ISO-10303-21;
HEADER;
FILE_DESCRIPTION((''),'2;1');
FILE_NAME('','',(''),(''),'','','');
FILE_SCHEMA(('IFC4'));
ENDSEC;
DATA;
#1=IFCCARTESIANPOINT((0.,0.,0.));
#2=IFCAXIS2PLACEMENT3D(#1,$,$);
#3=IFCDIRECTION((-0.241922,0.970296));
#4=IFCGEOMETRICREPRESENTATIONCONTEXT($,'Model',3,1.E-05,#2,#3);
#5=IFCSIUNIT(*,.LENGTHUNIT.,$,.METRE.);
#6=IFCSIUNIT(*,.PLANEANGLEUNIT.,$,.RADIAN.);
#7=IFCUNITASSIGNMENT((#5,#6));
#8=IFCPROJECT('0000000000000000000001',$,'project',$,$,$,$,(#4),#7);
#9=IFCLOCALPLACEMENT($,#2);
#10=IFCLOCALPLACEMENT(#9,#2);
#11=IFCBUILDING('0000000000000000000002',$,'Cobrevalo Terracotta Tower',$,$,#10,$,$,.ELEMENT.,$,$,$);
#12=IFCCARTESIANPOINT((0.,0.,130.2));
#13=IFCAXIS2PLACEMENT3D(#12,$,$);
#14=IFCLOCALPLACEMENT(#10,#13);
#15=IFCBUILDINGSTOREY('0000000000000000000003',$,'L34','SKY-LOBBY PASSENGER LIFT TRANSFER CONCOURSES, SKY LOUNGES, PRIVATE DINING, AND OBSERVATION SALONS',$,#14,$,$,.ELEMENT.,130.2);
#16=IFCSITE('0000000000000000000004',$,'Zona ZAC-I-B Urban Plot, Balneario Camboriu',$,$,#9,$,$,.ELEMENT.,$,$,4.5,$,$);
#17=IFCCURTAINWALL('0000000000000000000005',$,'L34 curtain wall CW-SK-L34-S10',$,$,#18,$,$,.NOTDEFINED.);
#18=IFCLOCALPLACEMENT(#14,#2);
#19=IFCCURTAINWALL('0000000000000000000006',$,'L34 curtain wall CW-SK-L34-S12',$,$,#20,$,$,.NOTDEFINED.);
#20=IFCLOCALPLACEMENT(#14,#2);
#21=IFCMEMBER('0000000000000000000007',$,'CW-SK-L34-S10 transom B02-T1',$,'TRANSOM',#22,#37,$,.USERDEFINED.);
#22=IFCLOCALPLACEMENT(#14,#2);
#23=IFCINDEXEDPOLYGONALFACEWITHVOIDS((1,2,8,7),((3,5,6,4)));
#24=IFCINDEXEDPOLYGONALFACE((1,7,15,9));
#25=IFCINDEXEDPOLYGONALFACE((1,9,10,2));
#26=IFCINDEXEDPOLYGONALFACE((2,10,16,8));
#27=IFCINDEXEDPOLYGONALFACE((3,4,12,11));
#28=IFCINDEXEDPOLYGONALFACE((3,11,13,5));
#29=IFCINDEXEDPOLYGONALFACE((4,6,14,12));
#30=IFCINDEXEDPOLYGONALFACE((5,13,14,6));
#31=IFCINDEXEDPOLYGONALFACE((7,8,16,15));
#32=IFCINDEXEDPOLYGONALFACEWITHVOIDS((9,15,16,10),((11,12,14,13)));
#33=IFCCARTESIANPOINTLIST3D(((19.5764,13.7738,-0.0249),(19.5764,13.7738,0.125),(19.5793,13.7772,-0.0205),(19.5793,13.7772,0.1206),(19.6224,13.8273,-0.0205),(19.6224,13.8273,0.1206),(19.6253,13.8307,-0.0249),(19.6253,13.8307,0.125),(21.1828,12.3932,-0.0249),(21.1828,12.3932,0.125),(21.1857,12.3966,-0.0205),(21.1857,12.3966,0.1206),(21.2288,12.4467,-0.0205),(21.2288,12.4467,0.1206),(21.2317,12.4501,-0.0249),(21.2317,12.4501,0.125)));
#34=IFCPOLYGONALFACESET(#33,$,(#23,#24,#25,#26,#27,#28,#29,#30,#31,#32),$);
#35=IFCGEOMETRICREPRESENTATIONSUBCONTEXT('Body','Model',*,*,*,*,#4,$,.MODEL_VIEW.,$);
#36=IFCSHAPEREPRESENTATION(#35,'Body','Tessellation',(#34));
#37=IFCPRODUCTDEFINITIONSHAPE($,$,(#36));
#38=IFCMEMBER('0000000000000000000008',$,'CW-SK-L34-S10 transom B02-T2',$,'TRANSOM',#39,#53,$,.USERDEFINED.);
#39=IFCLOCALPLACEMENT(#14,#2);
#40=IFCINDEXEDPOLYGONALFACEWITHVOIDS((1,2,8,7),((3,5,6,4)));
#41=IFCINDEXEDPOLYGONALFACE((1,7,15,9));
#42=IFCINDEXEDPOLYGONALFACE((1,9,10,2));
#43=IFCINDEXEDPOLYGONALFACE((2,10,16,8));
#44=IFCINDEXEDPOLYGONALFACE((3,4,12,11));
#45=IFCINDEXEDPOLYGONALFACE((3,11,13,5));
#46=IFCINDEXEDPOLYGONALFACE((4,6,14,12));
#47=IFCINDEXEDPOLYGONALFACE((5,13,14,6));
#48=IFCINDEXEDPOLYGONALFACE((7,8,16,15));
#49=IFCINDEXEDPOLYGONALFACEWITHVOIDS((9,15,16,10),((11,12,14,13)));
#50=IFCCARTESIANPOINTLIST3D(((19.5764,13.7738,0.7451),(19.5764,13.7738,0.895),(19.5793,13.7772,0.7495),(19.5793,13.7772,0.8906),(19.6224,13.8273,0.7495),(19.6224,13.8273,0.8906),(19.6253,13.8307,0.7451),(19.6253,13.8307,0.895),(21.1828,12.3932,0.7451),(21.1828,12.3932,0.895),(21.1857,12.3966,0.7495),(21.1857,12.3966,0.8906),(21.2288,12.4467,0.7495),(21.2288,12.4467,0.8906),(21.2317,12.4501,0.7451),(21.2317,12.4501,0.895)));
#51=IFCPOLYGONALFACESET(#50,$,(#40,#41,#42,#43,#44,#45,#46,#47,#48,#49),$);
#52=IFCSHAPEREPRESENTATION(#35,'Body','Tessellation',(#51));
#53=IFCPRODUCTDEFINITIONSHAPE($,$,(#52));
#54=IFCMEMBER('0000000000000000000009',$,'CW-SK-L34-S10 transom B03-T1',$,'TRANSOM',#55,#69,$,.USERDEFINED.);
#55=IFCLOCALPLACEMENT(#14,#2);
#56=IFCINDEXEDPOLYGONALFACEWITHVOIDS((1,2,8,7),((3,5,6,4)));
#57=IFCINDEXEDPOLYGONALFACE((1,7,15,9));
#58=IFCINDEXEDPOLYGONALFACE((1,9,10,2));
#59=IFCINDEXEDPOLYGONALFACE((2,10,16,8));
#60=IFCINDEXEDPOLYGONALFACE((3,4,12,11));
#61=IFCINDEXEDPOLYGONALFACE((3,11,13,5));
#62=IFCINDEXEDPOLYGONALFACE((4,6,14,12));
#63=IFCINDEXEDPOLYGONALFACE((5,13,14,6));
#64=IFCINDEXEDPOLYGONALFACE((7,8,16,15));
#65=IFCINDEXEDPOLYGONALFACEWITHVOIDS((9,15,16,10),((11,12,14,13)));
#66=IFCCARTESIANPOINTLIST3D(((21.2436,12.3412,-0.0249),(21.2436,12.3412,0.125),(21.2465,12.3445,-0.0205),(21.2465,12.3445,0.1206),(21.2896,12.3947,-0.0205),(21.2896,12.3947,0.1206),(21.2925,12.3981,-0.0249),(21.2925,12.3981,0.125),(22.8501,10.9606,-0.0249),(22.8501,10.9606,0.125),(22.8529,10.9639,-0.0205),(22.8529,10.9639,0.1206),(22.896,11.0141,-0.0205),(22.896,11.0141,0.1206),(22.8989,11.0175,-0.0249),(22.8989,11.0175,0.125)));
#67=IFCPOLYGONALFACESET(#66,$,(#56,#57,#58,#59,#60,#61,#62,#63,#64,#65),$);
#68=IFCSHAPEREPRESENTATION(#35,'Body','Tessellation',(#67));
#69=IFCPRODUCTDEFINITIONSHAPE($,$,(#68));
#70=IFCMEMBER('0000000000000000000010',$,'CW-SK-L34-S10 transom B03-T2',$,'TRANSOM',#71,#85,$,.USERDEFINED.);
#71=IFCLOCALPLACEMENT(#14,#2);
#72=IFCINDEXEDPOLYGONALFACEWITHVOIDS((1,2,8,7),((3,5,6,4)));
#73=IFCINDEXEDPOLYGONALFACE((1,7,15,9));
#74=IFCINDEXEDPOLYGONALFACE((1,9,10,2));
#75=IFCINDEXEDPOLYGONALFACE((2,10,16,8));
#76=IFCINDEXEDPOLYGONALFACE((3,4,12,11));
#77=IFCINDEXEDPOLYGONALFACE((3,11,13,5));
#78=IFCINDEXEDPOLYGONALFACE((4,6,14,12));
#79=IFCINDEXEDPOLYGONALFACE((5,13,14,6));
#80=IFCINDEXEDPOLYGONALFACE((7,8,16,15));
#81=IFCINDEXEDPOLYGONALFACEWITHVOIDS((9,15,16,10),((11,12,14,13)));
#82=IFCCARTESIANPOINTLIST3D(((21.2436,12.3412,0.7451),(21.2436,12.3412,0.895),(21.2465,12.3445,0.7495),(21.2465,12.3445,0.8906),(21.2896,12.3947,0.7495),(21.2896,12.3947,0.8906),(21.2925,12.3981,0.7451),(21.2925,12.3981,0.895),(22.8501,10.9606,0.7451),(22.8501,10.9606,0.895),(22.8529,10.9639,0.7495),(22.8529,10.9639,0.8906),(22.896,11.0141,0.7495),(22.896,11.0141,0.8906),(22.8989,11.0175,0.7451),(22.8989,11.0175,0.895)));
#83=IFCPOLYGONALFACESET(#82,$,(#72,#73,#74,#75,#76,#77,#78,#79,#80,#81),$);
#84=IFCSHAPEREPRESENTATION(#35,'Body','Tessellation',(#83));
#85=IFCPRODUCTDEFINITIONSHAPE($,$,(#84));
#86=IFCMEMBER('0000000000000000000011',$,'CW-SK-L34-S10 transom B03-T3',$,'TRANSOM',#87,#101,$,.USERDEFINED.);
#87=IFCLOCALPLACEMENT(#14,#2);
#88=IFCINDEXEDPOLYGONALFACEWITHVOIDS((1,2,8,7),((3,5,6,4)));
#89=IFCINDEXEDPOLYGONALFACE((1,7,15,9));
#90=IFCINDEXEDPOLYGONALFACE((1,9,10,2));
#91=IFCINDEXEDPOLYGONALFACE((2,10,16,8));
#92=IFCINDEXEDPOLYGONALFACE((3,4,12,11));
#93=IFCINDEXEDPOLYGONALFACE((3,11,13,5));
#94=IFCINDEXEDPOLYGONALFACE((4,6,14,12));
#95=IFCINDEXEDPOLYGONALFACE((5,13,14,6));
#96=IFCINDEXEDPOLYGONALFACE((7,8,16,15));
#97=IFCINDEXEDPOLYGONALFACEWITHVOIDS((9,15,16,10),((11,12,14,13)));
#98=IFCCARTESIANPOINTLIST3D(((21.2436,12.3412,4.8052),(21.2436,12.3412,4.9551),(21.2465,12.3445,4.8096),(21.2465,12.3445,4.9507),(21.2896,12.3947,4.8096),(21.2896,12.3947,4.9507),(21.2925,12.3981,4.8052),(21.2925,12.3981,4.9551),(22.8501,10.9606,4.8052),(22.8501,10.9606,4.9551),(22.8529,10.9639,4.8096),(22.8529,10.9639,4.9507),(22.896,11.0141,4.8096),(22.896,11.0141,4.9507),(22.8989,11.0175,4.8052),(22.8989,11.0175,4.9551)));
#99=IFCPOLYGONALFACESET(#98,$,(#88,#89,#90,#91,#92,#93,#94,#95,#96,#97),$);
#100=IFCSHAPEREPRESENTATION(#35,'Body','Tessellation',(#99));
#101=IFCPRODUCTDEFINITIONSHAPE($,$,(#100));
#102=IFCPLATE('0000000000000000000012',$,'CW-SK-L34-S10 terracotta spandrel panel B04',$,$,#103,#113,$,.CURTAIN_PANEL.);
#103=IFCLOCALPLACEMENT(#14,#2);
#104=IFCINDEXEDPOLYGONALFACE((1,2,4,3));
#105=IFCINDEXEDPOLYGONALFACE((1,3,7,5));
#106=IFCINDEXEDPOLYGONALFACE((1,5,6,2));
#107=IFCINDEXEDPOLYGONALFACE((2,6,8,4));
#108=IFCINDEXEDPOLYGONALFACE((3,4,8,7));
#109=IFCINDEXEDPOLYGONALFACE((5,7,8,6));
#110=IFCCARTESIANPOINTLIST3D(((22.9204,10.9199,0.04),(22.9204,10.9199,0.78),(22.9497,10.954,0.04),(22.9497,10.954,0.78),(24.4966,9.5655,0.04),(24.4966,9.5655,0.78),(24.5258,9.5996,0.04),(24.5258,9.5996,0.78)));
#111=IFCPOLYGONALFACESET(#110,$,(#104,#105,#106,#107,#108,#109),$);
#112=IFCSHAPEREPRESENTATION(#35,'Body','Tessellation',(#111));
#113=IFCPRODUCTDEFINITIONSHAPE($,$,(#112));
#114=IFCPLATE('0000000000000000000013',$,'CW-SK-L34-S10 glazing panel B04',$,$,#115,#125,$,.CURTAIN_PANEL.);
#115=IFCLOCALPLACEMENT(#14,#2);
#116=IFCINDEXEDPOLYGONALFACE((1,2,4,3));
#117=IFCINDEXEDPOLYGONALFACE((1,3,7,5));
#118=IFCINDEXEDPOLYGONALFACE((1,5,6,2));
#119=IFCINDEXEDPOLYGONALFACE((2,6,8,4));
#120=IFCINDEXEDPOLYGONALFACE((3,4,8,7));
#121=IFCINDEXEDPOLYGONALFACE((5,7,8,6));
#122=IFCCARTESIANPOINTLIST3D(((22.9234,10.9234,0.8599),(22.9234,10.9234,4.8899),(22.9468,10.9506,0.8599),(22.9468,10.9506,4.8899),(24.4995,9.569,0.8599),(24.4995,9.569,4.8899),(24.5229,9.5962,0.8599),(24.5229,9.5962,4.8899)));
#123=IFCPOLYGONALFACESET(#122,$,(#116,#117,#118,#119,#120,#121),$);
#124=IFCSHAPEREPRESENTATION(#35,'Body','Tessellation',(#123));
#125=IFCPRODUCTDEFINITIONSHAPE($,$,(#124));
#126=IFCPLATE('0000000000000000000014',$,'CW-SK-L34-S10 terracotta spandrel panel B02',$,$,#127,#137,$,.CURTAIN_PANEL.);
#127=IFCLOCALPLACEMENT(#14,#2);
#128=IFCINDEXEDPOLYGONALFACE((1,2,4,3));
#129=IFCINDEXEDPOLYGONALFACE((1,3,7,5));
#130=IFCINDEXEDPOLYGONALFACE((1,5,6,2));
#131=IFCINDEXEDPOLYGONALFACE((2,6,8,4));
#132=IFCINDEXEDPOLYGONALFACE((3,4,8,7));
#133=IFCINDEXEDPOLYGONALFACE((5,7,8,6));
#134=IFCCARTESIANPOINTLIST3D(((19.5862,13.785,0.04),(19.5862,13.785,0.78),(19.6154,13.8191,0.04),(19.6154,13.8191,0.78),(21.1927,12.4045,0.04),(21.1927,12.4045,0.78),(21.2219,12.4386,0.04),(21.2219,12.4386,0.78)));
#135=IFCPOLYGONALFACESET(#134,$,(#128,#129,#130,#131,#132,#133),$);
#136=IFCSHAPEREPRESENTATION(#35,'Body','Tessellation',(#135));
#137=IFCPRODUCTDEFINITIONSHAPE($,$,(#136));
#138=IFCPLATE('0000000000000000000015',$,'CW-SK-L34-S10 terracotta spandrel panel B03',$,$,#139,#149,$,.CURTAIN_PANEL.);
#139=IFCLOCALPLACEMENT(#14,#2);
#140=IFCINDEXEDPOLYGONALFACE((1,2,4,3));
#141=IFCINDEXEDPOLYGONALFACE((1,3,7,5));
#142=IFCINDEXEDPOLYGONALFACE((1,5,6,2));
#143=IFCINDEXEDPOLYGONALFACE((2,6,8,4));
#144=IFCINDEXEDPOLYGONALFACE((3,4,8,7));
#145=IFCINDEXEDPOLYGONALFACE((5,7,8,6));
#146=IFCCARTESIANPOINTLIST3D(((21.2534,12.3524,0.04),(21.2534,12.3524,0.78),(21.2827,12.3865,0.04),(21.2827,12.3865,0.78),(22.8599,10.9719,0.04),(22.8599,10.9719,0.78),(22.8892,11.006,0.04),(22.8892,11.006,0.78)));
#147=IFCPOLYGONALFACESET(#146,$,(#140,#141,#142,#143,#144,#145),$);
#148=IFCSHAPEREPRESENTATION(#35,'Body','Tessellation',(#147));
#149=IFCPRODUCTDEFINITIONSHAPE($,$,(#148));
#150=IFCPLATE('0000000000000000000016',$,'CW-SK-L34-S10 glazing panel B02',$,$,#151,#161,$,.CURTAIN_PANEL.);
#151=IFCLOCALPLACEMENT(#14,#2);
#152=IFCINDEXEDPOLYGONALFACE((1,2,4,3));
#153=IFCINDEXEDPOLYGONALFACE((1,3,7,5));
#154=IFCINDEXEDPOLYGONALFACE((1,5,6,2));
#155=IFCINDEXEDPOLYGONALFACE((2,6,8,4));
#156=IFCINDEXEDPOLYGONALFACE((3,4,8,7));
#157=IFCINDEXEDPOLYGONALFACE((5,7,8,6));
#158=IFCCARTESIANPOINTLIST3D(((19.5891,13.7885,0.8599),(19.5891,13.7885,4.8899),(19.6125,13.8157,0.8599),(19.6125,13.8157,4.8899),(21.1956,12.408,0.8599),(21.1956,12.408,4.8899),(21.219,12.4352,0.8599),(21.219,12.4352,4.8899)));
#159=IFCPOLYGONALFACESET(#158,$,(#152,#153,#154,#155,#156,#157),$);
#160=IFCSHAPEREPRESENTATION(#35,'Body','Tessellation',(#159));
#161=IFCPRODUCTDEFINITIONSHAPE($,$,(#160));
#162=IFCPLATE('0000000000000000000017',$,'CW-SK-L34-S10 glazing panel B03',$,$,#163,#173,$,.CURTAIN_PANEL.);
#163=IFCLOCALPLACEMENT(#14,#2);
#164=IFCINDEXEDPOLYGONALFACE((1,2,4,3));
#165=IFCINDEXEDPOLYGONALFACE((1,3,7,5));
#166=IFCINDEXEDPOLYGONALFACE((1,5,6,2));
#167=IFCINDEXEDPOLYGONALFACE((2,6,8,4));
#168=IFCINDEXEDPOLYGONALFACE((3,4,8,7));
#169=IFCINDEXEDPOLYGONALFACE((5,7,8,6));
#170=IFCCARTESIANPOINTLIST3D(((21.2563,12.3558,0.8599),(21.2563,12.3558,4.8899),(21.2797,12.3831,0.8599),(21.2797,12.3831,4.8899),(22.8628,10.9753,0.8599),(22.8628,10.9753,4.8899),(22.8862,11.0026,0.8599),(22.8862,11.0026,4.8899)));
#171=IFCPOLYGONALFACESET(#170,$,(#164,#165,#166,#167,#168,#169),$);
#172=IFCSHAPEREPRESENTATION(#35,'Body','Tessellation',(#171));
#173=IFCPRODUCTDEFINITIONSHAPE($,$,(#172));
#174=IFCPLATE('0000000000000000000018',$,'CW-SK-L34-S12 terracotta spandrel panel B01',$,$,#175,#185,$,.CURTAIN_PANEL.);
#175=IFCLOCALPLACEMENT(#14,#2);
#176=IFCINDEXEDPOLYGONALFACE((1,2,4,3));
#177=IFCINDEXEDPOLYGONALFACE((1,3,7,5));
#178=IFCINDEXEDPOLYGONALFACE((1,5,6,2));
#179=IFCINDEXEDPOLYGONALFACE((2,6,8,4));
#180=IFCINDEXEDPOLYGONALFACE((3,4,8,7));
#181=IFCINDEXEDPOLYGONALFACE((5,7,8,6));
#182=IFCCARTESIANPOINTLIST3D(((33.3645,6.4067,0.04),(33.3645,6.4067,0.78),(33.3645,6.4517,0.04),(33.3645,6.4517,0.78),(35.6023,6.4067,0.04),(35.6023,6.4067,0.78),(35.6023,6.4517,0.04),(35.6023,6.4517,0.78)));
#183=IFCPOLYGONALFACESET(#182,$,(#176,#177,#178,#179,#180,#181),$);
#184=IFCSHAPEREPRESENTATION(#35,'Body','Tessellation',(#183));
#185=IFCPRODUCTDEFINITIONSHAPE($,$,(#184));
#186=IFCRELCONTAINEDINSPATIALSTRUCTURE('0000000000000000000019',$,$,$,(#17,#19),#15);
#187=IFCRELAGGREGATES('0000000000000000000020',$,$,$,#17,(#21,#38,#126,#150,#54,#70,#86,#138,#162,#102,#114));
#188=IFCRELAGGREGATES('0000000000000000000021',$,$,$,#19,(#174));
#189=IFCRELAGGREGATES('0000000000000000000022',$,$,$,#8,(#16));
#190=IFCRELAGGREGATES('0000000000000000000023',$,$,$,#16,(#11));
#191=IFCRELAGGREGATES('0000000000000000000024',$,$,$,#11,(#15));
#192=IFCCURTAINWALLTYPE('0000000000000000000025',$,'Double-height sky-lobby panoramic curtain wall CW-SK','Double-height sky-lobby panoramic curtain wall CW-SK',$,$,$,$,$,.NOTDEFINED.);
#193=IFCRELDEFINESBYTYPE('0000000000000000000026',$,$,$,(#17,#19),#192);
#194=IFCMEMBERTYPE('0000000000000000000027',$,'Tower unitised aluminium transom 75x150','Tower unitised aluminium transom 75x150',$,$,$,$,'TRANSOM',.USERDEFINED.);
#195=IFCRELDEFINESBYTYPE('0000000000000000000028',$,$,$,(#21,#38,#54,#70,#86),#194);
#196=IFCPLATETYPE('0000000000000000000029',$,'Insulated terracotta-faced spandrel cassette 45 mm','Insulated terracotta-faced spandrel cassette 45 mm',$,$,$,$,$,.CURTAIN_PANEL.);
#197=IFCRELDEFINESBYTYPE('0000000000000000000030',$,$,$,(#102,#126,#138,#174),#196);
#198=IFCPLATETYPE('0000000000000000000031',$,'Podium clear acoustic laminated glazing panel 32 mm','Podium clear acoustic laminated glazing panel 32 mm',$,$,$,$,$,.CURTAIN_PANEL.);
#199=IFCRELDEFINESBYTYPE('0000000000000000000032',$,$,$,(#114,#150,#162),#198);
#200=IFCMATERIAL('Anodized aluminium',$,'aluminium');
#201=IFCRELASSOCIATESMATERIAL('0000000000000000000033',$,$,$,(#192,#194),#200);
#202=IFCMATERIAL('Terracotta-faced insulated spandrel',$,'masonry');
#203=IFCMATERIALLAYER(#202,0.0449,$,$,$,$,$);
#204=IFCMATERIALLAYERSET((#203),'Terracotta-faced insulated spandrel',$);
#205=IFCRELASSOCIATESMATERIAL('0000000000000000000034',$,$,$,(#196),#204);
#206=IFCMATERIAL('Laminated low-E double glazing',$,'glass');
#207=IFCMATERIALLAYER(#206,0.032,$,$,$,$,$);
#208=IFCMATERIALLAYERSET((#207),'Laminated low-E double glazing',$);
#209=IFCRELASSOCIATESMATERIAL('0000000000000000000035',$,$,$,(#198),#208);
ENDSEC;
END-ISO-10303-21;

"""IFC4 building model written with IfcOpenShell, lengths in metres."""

from ifc_helpers import new_model, si_unit, direction, frame, origin, origin_2d, place, context, subcontext, project, spatial, rectangle, hollow_rectangle, extrude, source, transform, mapped, material, layer, layer_set, material_profile, profile_set, type_object, element, aggregate, save


model = new_model("IFC4")

# Units and contexts
model_context = context("Model", 3, precision=1e-05, world=origin(), true_north=direction((-0.241922, 0.970296)))
body_context = subcontext(model_context, "Body", "Model", "MODEL_VIEW")
ifc_project = project(units=[si_unit("LENGTHUNIT", "METRE"), si_unit("PLANEANGLEUNIT", "RADIAN")], contexts=[model_context])

# Site, building, storey
site_placement = place(None, origin())
site = spatial("IfcSite", under=ifc_project, at=site_placement, Name="Zona ZAC-I-B Urban Plot, Balneario Camboriu", CompositionType="ELEMENT", RefElevation=4.5)
building_placement = place(site_placement, origin())
building = spatial("IfcBuilding", under=site, at=building_placement, Name="Cobrevalo Terracotta Tower", CompositionType="ELEMENT")
storey_placement = place(building_placement, frame((0.0, 0.0, 130.2)))
storey = spatial("IfcBuildingStorey", under=building, at=storey_placement, Name="L34", Description="SKY-LOBBY PASSENGER LIFT TRANSFER CONCOURSES, SKY LOUNGES, PRIVATE DINING, AND OBSERVATION SALONS", CompositionType="ELEMENT", Elevation=130.2)

# Curtain walls
ifc_material_1 = material(Name="Anodized aluminium", Category="aluminium")
curtain_wall_type = type_object("IfcCurtainWallType", Name="Double-height sky-lobby panoramic curtain wall CW-SK", Description="Double-height sky-lobby panoramic curtain wall CW-SK", PredefinedType="NOTDEFINED", material=ifc_material_1)
curtain_wall_1_placement = place(storey_placement, origin())
curtain_wall_1 = element("IfcCurtainWall", 1, at=curtain_wall_1_placement, inside=storey, type_object=curtain_wall_type, Name="L34 curtain wall CW-SK-L34-S10", PredefinedType="NOTDEFINED")
curtain_wall_2_placement = place(storey_placement, origin())
curtain_wall_2 = element("IfcCurtainWall", 2, at=curtain_wall_2_placement, inside=storey, type_object=curtain_wall_type, Name="L34 curtain wall CW-SK-L34-S12", PredefinedType="NOTDEFINED")

# Members
ifc_material_profile_1 = material_profile(ifc_material_1, hollow_rectangle(XDim=0.075, YDim=0.1499, WallThickness=0.0044, at=origin_2d()), Name="CWT 75x150")
ifc_profile_set_1 = profile_set([ifc_material_profile_1], Name="Anodized aluminium")
member_type_1 = type_object("IfcMemberType", Name="Tower unitised aluminium transom 75x150", Description="Tower unitised aluminium transom 75x150", ElementType="TRANSOM", PredefinedType="USERDEFINED", material=ifc_profile_set_1)
shared_shape_1 = source(origin(), body_context, "Body", "SweptSolid", [
    extrude(hollow_rectangle(XDim=0.075, YDim=0.1499, WallThickness=0.0044, at=origin_2d()), origin(), (0.0, 0.0, 1.0), 2.1182),
])
member_1_placement = place(storey_placement, frame((19.6008, 13.8022, 0.05), z_axis=(0.758402, -0.651787, 0.0), x_axis=(0.651787, 0.758402, 0.0)))
member_1 = element("IfcMember", 3, at=member_1_placement, type_object=member_type_1, Name="CW-SK-L34-S10 transom B02-T1", ObjectType="TRANSOM", PredefinedType="USERDEFINED", context=body_context, shape_type="MappedRepresentation", body=[
    mapped(shared_shape_1, transform((0.0, 0.0, 0.0), scale=1.0)),
])
member_2_placement = place(storey_placement, frame((19.6008, 13.8022, 0.8201), z_axis=(0.758402, -0.651787, 0.0), x_axis=(0.651787, 0.758402, 0.0)))
member_2 = element("IfcMember", 4, at=member_2_placement, type_object=member_type_1, Name="CW-SK-L34-S10 transom B02-T2", ObjectType="TRANSOM", PredefinedType="USERDEFINED", context=body_context, shape_type="MappedRepresentation", body=[
    mapped(shared_shape_1, transform((0.0, 0.0, 0.0), scale=1.0)),
])
member_3_placement = place(storey_placement, frame((21.2681, 12.3696, 0.05), z_axis=(0.758402, -0.651787, 0.0), x_axis=(0.651787, 0.758402, 0.0)))
member_3 = element("IfcMember", 5, at=member_3_placement, type_object=member_type_1, Name="CW-SK-L34-S10 transom B03-T1", ObjectType="TRANSOM", PredefinedType="USERDEFINED", context=body_context, shape_type="MappedRepresentation", body=[
    mapped(shared_shape_1, transform((0.0, 0.0, 0.0), scale=1.0)),
])
member_4_placement = place(storey_placement, frame((21.2681, 12.3696, 0.8201), z_axis=(0.758402, -0.651787, 0.0), x_axis=(0.651787, 0.758402, 0.0)))
member_4 = element("IfcMember", 6, at=member_4_placement, type_object=member_type_1, Name="CW-SK-L34-S10 transom B03-T2", ObjectType="TRANSOM", PredefinedType="USERDEFINED", context=body_context, shape_type="MappedRepresentation", body=[
    mapped(shared_shape_1, transform((0.0, 0.0, 0.0), scale=1.0)),
])
member_5_placement = place(storey_placement, frame((21.2681, 12.3696, 4.8801), z_axis=(0.758402, -0.651787, 0.0), x_axis=(0.651787, 0.758402, 0.0)))
member_5 = element("IfcMember", 7, at=member_5_placement, type_object=member_type_1, Name="CW-SK-L34-S10 transom B03-T3", ObjectType="TRANSOM", PredefinedType="USERDEFINED", context=body_context, shape_type="MappedRepresentation", body=[
    mapped(shared_shape_1, transform((0.0, 0.0, 0.0), scale=1.0)),
])

# Plates
ifc_material_2 = material(Name="Terracotta-faced insulated spandrel", Category="masonry")
ifc_layer_1 = layer(ifc_material_2, 0.0449)
ifc_layer_set_1 = layer_set([ifc_layer_1], Name="Terracotta-faced insulated spandrel")
plate_type_1 = type_object("IfcPlateType", Name="Insulated terracotta-faced spandrel cassette 45 mm", Description="Insulated terracotta-faced spandrel cassette 45 mm", PredefinedType="CURTAIN_PANEL", material=ifc_layer_set_1)
shared_shape_2 = source(origin(), body_context, "Body", "SweptSolid", [
    extrude(rectangle(XDim=2.0781, YDim=0.0449, at=origin_2d()), origin(), (0.0, 0.0, 1.0), 0.74),
])
plate_1_placement = place(storey_placement, frame((23.7231, 10.2598, 0.04), z_axis=(0.0, 0.0, 1.0), x_axis=(0.758437, -0.651746, 0.0)))
plate_1 = element("IfcPlate", 8, at=plate_1_placement, type_object=plate_type_1, Name="CW-SK-L34-S10 terracotta spandrel panel B04", PredefinedType="CURTAIN_PANEL", context=body_context, shape_type="MappedRepresentation", body=[
    mapped(shared_shape_2, transform((0.0, 0.0, 0.0), scale=1.0)),
])
ifc_material_3 = material(Name="Laminated low-E double glazing", Category="glass")
ifc_layer_2 = layer(ifc_material_3, 0.032)
ifc_layer_set_2 = layer_set([ifc_layer_2], Name="Laminated low-E double glazing")
plate_type_2 = type_object("IfcPlateType", Name="Podium clear acoustic laminated glazing panel 32 mm", Description="Podium clear acoustic laminated glazing panel 32 mm", PredefinedType="CURTAIN_PANEL", material=ifc_layer_set_2)
shared_shape_3 = source(origin(), body_context, "Body", "SweptSolid", [
    extrude(rectangle(XDim=2.0781, YDim=0.0359, at=origin_2d()), origin(), (0.0, 0.0, 1.0), 4.03),
])
plate_2_placement = place(storey_placement, frame((23.7231, 10.2598, 0.8599), z_axis=(0.0, 0.0, 1.0), x_axis=(0.758437, -0.651746, 0.0)))
plate_2 = element("IfcPlate", 9, at=plate_2_placement, type_object=plate_type_2, Name="CW-SK-L34-S10 glazing panel B04", PredefinedType="CURTAIN_PANEL", context=body_context, shape_type="MappedRepresentation", body=[
    mapped(shared_shape_3, transform((0.0, 0.0, 0.0), scale=1.0)),
])
shared_shape_4 = source(origin(), body_context, "Body", "SweptSolid", [
    extrude(rectangle(XDim=2.1182, YDim=0.0449, at=origin_2d()), origin(), (0.0, 0.0, 1.0), 0.74),
])
plate_3_placement = place(storey_placement, frame((20.4041, 13.1118, 0.04), z_axis=(0.0, 0.0, 1.0), x_axis=(0.758437, -0.651746, 0.0)))
plate_3 = element("IfcPlate", 10, at=plate_3_placement, type_object=plate_type_1, Name="CW-SK-L34-S10 terracotta spandrel panel B02", PredefinedType="CURTAIN_PANEL", context=body_context, shape_type="MappedRepresentation", body=[
    mapped(shared_shape_4, transform((0.0, 0.0, 0.0), scale=1.0)),
])
plate_4_placement = place(storey_placement, frame((22.0713, 11.6792, 0.04), z_axis=(0.0, 0.0, 1.0), x_axis=(0.758437, -0.651746, 0.0)))
plate_4 = element("IfcPlate", 11, at=plate_4_placement, type_object=plate_type_1, Name="CW-SK-L34-S10 terracotta spandrel panel B03", PredefinedType="CURTAIN_PANEL", context=body_context, shape_type="MappedRepresentation", body=[
    mapped(shared_shape_4, transform((0.0, 0.0, 0.0), scale=1.0)),
])
shared_shape_5 = source(origin(), body_context, "Body", "SweptSolid", [
    extrude(rectangle(XDim=2.1182, YDim=0.0359, at=origin_2d()), origin(), (0.0, 0.0, 1.0), 4.03),
])
plate_5_placement = place(storey_placement, frame((20.4041, 13.1118, 0.8599), z_axis=(0.0, 0.0, 1.0), x_axis=(0.758437, -0.651746, 0.0)))
plate_5 = element("IfcPlate", 12, at=plate_5_placement, type_object=plate_type_2, Name="CW-SK-L34-S10 glazing panel B02", PredefinedType="CURTAIN_PANEL", context=body_context, shape_type="MappedRepresentation", body=[
    mapped(shared_shape_5, transform((0.0, 0.0, 0.0), scale=1.0)),
])
plate_6_placement = place(storey_placement, frame((22.0713, 11.6792, 0.8599), z_axis=(0.0, 0.0, 1.0), x_axis=(0.758437, -0.651746, 0.0)))
plate_6 = element("IfcPlate", 13, at=plate_6_placement, type_object=plate_type_2, Name="CW-SK-L34-S10 glazing panel B03", PredefinedType="CURTAIN_PANEL", context=body_context, shape_type="MappedRepresentation", body=[
    mapped(shared_shape_5, transform((0.0, 0.0, 0.0), scale=1.0)),
])
aggregate(curtain_wall_1, [member_1, member_2, plate_3, plate_5, member_3, member_4, member_5, plate_4, plate_6, plate_1, plate_2])
shared_shape_6 = source(origin(), body_context, "Body", "SweptSolid", [
    extrude(rectangle(XDim=2.2378, YDim=0.0449, at=origin_2d()), origin(), (0.0, 0.0, 1.0), 0.74),
])
plate_7_placement = place(storey_placement, frame((34.4834, 6.4292, 0.04), z_axis=(0.0, 0.0, 1.0), x_axis=(1.0, 0.0, 0.0)))
plate_7 = element("IfcPlate", 14, at=plate_7_placement, type_object=plate_type_1, Name="CW-SK-L34-S12 terracotta spandrel panel B01", PredefinedType="CURTAIN_PANEL", context=body_context, shape_type="MappedRepresentation", body=[
    mapped(shared_shape_6, transform((0.0, 0.0, 0.0), scale=1.0)),
])
aggregate(curtain_wall_2, [plate_7])

save(model, "model.ifc")
